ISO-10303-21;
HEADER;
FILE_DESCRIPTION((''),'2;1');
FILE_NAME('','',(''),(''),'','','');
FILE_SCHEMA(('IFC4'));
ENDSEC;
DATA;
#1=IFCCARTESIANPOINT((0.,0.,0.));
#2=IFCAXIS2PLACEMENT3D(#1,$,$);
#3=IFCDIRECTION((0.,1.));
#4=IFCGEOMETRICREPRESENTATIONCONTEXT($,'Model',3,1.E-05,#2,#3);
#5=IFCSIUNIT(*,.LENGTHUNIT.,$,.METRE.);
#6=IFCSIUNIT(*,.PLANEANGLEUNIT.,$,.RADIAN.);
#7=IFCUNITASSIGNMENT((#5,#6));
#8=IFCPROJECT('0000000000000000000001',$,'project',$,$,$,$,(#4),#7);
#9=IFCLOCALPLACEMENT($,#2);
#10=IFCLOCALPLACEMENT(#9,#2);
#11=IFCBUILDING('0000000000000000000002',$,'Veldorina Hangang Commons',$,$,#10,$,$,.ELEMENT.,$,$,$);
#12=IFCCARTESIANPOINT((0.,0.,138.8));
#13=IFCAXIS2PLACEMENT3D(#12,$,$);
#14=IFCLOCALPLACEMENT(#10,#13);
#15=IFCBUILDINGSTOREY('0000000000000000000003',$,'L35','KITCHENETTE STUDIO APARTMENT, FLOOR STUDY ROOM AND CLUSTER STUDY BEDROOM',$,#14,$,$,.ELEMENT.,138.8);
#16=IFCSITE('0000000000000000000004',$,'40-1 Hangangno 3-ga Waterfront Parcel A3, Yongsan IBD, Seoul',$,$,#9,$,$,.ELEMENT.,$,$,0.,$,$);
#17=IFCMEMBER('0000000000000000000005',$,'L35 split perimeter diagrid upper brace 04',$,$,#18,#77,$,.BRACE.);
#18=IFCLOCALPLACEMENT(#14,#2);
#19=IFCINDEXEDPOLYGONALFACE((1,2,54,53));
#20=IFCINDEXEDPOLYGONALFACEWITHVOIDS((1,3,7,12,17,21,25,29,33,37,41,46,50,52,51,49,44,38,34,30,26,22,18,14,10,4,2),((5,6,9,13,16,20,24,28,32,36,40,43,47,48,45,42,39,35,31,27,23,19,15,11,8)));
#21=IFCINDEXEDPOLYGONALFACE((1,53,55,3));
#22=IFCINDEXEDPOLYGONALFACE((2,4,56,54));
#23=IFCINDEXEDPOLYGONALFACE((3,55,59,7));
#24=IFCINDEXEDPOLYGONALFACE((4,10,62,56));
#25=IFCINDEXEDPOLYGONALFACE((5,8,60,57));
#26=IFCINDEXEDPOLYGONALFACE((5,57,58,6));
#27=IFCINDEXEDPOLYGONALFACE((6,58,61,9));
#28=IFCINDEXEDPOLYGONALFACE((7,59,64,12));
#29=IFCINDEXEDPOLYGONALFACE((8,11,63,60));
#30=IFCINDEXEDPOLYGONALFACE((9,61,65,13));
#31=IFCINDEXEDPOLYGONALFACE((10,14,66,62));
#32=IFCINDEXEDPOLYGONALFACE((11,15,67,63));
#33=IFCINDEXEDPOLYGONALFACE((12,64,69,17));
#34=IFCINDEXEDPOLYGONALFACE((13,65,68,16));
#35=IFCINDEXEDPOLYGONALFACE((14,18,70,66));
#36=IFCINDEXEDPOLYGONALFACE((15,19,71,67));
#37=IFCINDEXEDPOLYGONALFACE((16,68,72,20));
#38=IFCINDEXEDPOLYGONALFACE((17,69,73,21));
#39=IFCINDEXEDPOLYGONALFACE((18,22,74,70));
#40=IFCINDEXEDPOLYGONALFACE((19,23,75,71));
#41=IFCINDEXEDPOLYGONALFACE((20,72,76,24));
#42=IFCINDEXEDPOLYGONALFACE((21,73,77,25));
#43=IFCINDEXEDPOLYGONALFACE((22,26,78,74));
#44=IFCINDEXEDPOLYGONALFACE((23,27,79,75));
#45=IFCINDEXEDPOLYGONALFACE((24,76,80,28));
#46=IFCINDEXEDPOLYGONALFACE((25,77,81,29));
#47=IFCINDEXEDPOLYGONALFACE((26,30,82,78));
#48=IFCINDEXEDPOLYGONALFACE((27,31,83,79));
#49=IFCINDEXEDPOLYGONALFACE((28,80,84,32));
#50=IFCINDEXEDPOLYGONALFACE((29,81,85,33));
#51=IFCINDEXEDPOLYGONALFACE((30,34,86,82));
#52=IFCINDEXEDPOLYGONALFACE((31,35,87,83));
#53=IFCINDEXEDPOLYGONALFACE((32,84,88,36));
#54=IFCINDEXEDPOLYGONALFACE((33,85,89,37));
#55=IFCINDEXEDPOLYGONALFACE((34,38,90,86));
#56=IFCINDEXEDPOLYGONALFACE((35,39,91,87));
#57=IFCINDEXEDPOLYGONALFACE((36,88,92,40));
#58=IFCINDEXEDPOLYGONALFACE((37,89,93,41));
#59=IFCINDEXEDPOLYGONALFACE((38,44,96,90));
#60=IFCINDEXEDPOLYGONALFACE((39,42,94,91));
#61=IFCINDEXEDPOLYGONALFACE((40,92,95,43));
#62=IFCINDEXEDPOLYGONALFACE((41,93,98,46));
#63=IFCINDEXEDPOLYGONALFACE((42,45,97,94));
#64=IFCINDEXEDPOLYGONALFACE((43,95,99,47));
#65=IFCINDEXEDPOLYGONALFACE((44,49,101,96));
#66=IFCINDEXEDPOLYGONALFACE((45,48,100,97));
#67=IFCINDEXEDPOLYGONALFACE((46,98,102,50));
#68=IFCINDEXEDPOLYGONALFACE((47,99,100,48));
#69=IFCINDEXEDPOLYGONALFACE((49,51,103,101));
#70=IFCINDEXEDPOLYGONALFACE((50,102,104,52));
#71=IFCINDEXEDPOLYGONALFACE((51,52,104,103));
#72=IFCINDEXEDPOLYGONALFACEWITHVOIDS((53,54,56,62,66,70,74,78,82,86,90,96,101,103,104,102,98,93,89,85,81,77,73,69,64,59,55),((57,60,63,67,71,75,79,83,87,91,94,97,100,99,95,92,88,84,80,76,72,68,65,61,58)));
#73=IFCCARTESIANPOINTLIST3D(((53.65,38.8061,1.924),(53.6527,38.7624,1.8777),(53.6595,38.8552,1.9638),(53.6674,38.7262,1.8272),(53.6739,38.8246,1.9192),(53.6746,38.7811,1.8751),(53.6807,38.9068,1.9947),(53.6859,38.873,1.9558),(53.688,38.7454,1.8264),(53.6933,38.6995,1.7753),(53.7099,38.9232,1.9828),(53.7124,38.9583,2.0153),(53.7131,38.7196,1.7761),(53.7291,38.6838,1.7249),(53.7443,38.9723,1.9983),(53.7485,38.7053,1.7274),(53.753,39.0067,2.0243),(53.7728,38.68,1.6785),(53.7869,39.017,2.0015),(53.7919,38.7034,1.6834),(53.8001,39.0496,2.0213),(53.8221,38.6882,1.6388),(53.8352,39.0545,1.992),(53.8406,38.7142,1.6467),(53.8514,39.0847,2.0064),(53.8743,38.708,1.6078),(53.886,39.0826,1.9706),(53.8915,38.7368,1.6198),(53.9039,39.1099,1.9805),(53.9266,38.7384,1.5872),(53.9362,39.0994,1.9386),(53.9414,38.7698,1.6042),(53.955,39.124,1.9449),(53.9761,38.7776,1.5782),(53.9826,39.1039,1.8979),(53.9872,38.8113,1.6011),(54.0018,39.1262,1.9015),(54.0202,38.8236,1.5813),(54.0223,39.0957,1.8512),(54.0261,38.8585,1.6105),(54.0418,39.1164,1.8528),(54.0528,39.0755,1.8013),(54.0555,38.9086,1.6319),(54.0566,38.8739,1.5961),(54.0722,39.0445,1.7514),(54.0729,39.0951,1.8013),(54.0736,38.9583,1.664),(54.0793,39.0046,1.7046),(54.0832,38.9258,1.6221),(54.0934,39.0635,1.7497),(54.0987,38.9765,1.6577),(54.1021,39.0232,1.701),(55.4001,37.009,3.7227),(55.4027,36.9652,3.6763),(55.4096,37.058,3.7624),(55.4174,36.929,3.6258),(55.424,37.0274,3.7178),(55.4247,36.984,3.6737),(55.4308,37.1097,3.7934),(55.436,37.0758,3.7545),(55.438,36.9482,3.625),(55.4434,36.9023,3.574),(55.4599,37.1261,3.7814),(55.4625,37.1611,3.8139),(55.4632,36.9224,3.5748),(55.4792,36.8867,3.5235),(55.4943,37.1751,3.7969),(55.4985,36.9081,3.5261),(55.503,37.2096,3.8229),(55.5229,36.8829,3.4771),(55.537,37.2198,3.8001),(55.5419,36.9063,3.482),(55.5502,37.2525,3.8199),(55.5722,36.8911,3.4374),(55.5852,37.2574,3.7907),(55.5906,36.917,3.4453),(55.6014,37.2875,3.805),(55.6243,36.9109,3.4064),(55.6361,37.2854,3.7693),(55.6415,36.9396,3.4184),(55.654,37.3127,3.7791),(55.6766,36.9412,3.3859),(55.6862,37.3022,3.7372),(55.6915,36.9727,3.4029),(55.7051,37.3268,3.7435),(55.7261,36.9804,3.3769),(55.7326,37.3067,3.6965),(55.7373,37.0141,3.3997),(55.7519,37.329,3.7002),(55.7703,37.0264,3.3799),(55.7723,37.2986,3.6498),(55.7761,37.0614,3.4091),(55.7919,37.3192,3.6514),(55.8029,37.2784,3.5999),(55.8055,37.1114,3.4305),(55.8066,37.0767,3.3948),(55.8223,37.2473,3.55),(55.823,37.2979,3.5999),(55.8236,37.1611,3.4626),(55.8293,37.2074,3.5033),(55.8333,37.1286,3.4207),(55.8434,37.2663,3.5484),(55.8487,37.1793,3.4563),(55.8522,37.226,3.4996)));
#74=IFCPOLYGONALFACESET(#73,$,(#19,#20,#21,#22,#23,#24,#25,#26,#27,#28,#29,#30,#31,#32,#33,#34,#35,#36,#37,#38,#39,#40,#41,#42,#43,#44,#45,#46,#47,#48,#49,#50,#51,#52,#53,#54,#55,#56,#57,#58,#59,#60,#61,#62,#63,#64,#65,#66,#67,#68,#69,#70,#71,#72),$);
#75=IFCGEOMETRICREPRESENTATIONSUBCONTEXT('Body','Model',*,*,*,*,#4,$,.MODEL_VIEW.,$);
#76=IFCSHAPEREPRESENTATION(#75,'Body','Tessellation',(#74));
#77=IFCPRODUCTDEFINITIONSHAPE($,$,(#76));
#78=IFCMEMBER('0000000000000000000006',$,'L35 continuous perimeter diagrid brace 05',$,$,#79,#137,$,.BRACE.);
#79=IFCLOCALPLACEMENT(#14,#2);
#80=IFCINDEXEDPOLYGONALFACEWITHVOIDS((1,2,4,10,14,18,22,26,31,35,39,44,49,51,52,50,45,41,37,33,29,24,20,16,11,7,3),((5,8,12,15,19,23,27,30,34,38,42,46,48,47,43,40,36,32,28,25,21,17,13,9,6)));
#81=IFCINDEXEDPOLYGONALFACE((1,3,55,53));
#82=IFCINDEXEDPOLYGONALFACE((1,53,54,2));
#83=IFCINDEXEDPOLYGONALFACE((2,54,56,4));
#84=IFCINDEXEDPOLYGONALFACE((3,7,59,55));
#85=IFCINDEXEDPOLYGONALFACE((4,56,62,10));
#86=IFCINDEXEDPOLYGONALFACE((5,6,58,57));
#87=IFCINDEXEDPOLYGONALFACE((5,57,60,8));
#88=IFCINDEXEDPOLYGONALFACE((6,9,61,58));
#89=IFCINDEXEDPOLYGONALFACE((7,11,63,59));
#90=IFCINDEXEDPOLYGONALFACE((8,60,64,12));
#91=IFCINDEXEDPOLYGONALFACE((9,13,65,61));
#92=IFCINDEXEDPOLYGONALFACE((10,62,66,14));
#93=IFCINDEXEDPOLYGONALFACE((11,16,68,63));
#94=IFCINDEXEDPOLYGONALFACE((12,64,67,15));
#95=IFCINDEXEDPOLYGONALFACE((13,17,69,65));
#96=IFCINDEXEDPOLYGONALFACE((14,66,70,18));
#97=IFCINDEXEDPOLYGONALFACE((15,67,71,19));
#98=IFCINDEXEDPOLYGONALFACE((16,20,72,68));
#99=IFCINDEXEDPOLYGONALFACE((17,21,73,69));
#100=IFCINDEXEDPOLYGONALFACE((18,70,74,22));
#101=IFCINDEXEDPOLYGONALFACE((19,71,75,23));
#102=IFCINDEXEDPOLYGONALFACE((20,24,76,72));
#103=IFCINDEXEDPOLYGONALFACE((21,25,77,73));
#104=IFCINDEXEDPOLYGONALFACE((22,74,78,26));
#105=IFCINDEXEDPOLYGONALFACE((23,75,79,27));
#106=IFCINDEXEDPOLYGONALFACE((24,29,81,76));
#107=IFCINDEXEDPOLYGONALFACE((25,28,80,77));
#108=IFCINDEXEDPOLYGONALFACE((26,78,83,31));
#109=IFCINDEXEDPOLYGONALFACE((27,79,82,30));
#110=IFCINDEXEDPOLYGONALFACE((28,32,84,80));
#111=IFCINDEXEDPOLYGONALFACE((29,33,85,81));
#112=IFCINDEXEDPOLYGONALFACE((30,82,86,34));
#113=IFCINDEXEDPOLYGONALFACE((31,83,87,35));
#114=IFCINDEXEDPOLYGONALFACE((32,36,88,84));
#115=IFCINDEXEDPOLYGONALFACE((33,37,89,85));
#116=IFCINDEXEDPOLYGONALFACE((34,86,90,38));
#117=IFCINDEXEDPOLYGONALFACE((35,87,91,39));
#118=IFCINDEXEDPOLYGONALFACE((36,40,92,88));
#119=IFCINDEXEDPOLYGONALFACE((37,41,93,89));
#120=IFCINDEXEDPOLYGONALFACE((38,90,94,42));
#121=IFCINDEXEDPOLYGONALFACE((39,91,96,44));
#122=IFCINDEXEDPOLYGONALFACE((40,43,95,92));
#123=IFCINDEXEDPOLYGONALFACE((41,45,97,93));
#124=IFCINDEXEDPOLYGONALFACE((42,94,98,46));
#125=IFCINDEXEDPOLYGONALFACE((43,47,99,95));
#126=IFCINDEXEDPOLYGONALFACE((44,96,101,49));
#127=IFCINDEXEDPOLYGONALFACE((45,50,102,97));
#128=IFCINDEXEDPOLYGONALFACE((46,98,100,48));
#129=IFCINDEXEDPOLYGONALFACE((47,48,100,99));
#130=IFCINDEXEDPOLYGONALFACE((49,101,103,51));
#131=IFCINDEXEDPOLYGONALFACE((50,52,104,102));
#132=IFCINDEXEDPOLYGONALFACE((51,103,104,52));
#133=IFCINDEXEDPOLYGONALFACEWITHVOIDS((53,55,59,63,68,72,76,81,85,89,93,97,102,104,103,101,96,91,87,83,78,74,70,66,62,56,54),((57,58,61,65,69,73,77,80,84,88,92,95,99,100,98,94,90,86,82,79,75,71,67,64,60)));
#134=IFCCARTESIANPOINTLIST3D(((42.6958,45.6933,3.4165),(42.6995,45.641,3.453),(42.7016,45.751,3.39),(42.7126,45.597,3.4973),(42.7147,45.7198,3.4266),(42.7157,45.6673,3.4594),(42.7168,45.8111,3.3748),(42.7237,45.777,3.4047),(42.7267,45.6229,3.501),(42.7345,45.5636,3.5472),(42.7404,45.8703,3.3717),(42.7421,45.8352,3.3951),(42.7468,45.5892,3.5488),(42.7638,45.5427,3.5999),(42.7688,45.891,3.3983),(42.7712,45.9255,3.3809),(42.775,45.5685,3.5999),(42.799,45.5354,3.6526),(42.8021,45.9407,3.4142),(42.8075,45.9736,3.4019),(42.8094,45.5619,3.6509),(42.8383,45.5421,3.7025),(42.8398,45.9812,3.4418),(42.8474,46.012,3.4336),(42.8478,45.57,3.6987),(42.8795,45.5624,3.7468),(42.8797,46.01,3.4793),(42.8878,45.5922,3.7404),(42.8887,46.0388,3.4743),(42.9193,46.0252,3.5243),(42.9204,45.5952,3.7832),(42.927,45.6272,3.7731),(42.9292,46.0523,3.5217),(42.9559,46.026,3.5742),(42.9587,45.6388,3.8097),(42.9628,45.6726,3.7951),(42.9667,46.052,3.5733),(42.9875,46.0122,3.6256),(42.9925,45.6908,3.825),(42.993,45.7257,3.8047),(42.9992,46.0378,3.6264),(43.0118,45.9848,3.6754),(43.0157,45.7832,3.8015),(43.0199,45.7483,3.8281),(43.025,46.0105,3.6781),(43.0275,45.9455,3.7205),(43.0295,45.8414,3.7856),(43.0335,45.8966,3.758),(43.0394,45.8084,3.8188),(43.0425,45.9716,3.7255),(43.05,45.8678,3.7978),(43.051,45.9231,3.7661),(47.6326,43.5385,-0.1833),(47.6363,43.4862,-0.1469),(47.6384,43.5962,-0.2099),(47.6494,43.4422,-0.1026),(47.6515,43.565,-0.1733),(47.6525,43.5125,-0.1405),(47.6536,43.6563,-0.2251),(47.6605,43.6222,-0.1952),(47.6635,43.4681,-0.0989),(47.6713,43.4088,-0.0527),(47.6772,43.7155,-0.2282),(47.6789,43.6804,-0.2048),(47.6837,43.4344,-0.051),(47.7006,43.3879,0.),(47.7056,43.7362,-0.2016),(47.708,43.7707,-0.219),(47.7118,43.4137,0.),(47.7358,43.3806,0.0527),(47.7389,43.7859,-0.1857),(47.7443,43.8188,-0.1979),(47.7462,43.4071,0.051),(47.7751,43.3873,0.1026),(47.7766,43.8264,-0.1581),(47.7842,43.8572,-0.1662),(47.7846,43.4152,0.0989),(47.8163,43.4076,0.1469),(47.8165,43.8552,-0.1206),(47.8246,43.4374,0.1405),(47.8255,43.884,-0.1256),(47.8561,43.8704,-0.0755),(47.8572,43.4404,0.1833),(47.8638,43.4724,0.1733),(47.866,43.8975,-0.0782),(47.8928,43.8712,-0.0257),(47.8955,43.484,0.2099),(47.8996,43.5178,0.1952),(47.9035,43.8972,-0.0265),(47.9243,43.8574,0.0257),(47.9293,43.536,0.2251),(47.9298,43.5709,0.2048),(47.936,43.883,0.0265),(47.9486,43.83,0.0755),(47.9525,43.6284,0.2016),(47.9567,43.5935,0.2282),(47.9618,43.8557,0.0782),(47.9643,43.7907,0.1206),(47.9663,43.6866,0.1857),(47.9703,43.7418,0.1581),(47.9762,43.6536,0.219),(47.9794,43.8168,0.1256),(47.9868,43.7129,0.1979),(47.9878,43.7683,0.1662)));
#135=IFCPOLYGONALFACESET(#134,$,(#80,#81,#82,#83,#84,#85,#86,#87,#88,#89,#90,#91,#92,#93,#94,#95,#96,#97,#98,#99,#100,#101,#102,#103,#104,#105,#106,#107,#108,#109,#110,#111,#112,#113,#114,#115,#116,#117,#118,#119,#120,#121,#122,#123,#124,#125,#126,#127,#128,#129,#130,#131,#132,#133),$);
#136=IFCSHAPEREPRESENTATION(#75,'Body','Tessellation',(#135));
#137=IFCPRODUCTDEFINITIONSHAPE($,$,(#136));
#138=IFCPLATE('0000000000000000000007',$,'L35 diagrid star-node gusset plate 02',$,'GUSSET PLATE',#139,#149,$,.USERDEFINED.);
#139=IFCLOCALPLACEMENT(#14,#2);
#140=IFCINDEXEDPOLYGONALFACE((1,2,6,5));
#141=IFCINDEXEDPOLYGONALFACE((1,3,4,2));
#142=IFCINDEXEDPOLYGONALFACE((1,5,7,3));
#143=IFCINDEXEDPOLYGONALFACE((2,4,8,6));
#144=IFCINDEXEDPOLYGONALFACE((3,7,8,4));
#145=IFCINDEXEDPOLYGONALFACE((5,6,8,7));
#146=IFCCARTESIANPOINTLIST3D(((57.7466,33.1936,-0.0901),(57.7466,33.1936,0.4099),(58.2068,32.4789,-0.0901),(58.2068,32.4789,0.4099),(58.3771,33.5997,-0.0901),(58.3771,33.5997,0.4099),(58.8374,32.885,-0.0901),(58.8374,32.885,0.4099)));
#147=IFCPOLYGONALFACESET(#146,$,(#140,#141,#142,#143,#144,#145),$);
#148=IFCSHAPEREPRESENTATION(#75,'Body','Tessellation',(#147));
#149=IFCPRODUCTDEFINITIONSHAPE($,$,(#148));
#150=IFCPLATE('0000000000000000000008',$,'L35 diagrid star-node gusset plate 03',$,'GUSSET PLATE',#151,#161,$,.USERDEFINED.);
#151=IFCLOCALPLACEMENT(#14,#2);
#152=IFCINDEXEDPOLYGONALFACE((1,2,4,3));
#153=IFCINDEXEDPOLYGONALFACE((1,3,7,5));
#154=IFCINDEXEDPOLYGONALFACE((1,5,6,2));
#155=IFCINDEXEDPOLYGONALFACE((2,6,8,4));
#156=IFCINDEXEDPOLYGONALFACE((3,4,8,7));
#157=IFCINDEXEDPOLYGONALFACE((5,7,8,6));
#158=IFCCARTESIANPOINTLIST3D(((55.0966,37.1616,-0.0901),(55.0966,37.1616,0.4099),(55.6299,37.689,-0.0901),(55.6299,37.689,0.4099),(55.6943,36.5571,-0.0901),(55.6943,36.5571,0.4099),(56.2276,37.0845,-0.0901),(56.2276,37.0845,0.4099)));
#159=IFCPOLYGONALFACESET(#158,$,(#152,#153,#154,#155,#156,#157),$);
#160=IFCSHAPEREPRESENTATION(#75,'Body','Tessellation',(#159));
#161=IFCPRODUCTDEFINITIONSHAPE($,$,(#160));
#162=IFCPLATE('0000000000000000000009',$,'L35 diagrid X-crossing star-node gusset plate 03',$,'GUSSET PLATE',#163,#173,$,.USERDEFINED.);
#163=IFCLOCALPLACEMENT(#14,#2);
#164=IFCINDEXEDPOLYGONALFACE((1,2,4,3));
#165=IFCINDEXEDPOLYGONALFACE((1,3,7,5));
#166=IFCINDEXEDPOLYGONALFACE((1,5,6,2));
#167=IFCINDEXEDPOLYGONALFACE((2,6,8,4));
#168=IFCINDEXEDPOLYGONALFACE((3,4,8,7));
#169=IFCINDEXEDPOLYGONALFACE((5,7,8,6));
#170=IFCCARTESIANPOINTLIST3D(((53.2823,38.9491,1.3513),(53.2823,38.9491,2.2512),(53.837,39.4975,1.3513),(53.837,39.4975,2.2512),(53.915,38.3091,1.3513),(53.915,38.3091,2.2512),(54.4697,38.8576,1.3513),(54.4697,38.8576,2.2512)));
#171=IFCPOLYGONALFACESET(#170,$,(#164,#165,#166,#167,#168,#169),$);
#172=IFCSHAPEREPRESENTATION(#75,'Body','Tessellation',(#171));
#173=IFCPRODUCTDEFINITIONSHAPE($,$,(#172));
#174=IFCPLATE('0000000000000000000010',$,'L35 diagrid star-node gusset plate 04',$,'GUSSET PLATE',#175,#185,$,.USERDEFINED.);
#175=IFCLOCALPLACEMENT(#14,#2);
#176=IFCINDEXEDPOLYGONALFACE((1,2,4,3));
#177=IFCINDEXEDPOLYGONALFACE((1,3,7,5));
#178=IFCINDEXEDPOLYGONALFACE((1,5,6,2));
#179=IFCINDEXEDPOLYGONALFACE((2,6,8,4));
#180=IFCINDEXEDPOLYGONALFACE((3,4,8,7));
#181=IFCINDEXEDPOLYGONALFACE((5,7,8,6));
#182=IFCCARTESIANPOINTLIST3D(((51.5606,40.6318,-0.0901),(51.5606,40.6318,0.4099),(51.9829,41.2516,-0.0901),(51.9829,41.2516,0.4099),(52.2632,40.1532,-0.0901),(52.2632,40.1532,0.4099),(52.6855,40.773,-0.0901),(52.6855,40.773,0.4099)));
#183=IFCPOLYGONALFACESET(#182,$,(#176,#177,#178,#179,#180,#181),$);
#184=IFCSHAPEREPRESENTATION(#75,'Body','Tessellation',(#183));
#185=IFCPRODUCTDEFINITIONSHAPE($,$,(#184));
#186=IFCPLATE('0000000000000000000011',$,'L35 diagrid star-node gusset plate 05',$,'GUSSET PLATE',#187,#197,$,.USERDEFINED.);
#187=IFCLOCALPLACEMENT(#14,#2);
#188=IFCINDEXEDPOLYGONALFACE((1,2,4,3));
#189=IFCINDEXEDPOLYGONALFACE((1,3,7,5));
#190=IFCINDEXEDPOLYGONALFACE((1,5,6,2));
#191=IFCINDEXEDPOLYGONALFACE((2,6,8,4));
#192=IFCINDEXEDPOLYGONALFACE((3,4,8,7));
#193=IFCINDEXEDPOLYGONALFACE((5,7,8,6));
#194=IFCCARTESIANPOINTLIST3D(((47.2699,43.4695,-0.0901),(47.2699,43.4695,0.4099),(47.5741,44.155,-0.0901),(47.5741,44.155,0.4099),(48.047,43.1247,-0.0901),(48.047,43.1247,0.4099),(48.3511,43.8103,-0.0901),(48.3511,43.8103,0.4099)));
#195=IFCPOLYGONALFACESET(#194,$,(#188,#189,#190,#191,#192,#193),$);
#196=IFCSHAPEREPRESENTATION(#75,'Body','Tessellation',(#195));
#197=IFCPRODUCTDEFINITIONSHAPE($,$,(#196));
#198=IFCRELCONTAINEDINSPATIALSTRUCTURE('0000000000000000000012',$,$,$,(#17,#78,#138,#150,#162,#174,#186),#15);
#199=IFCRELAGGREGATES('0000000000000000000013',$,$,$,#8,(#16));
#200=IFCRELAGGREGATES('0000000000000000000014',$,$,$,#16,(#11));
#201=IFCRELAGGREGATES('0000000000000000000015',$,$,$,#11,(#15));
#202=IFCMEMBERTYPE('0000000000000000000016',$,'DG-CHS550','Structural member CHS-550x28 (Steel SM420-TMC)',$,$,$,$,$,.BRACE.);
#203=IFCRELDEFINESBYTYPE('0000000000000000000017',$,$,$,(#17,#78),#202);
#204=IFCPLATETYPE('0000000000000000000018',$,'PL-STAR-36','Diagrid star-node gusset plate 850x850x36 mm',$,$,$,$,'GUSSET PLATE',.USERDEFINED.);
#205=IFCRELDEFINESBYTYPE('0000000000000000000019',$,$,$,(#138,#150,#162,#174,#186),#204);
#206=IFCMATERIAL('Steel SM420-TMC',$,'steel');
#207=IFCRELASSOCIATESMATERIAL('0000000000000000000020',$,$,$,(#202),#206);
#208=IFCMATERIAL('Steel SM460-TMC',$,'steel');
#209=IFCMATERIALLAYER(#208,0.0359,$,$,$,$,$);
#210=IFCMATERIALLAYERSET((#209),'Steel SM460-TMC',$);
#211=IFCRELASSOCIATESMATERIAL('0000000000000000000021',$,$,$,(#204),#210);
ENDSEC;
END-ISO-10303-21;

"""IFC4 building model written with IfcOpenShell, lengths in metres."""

from ifc_helpers import new_model, si_unit, direction, frame, origin, origin_2d, place, context, subcontext, project, spatial, rectangle, hollow_circle, extrude, material, layer, layer_set, material_profile, profile_set, type_object, element, save


model = new_model("IFC4")

# Units and contexts
model_context = context("Model", 3, precision=1e-05, world=origin(), true_north=direction((0.0, 1.0)))
body_context = subcontext(model_context, "Body", "Model", "MODEL_VIEW")
ifc_project = project(units=[si_unit("LENGTHUNIT", "METRE"), si_unit("PLANEANGLEUNIT", "RADIAN")], contexts=[model_context])

# Site, building, storey
site_placement = place(None, origin())
site = spatial("IfcSite", under=ifc_project, at=site_placement, Name="40-1 Hangangno 3-ga Waterfront Parcel A3, Yongsan IBD, Seoul", CompositionType="ELEMENT", RefElevation=0.0)
building_placement = place(site_placement, origin())
building = spatial("IfcBuilding", under=site, at=building_placement, Name="Veldorina Hangang Commons", CompositionType="ELEMENT")
storey_placement = place(building_placement, frame((0.0, 0.0, 138.8)))
storey = spatial("IfcBuildingStorey", under=building, at=storey_placement, Name="L35", Description="KITCHENETTE STUDIO APARTMENT, FLOOR STUDY ROOM AND CLUSTER STUDY BEDROOM", CompositionType="ELEMENT", Elevation=138.8)

# Shared definitions
ifc_material_1 = material(Name="Steel SM420-TMC", Category="steel")

# Members
ifc_material_profile_1 = material_profile(ifc_material_1, hollow_circle(Radius=0.2749, WallThickness=0.0281, at=origin_2d()), Name="CHS-550x28")
ifc_profile_set_1 = profile_set([ifc_material_profile_1], Name="Steel SM420-TMC")
member_type = type_object("IfcMemberType", Name="DG-CHS550", Description="Structural member CHS-550x28 (Steel SM420-TMC)", PredefinedType="BRACE", material=ifc_profile_set_1)
member_1_placement = place(storey_placement, frame((53.876, 38.9033, 1.8013), z_axis=(0.566969, -0.582234, 0.582709), x_axis=(0.716437, 0.697652, 0.0)))
element("IfcMember", 1, at=member_1_placement, inside=storey, type_object=member_type, Name="L35 split perimeter diagrid upper brace 04", PredefinedType="BRACE", context=body_context, shape_type="SweptSolid", body=[
    extrude(hollow_circle(Radius=0.2749, WallThickness=0.0281, at=origin_2d()), origin(), (0.0, 0.0, 1.0), 3.0867),
])
member_2_placement = place(storey_placement, frame((47.8105, 43.6399, 0.0), z_axis=(-0.761998, 0.332595, 0.555643), x_axis=(-0.400032, -0.916501, 0.0)))
element("IfcMember", 2, at=member_2_placement, inside=storey, type_object=member_type, Name="L35 continuous perimeter diagrid brace 05", PredefinedType="BRACE", context=body_context, shape_type="SweptSolid", body=[
    extrude(hollow_circle(Radius=0.2749, WallThickness=0.0281, at=origin_2d()), origin(), (0.0, 0.0, 1.0), 6.4788),
])

# Plates
ifc_material_2 = material(Name="Steel SM460-TMC", Category="steel")
ifc_layer_1 = layer(ifc_material_2, 0.0359)
ifc_layer_set_1 = layer_set([ifc_layer_1], Name="Steel SM460-TMC")
plate_type = type_object("IfcPlateType", Name="PL-STAR-36", Description="Diagrid star-node gusset plate 850x850x36 mm", ElementType="GUSSET PLATE", PredefinedType="USERDEFINED", material=ifc_layer_set_1)
for number, where, z_axis, x_axis, name in (
    (3, (58.292, 33.0393, -0.0901), (0.0, 0.0, 1.0), (-0.541429, 0.840746, 0.0), "L35 diagrid star-node gusset plate 02"),
    (4, (55.6621, 37.123, -0.0901), (0.0, 0.0, 1.0), (-0.703097, 0.711094, 0.0), "L35 diagrid star-node gusset plate 03"),
):
    element("IfcPlate", number, at=place(storey_placement, frame(where, z_axis=z_axis, x_axis=x_axis)), inside=storey, type_object=plate_type, Name=name, ObjectType="GUSSET PLATE", PredefinedType="USERDEFINED", context=body_context, shape_type="SweptSolid", body=[
        extrude(rectangle(XDim=0.8501, YDim=0.75, at=origin_2d()), origin(), (0.0, 0.0, 1.0), 0.5),
    ])
plate_placement = place(storey_placement, frame((53.876, 38.9033, 1.3513), z_axis=(0.0, 0.0, 1.0), x_axis=(-0.703097, 0.711094, 0.0)))
element("IfcPlate", 5, at=plate_placement, inside=storey, type_object=plate_type, Name="L35 diagrid X-crossing star-node gusset plate 03", ObjectType="GUSSET PLATE", PredefinedType="USERDEFINED", context=body_context, shape_type="SweptSolid", body=[
    extrude(rectangle(XDim=0.8999, YDim=0.78, at=origin_2d()), origin(), (0.0, 0.0, 1.0), 0.8999),
])
for number, where, z_axis, x_axis, name in (
    (6, (52.123, 40.7024, -0.0901), (0.0, 0.0, 1.0), (-0.826472, 0.562978, 0.0), "L35 diagrid star-node gusset plate 04"),
    (7, (47.8105, 43.6399, -0.0901), (0.0, 0.0, 1.0), (-0.914084, 0.405525, 0.0), "L35 diagrid star-node gusset plate 05"),
):
    element("IfcPlate", number, at=place(storey_placement, frame(where, z_axis=z_axis, x_axis=x_axis)), inside=storey, type_object=plate_type, Name=name, ObjectType="GUSSET PLATE", PredefinedType="USERDEFINED", context=body_context, shape_type="SweptSolid", body=[
        extrude(rectangle(XDim=0.8501, YDim=0.75, at=origin_2d()), origin(), (0.0, 0.0, 1.0), 0.5),
    ])

save(model, "model.ifc")
